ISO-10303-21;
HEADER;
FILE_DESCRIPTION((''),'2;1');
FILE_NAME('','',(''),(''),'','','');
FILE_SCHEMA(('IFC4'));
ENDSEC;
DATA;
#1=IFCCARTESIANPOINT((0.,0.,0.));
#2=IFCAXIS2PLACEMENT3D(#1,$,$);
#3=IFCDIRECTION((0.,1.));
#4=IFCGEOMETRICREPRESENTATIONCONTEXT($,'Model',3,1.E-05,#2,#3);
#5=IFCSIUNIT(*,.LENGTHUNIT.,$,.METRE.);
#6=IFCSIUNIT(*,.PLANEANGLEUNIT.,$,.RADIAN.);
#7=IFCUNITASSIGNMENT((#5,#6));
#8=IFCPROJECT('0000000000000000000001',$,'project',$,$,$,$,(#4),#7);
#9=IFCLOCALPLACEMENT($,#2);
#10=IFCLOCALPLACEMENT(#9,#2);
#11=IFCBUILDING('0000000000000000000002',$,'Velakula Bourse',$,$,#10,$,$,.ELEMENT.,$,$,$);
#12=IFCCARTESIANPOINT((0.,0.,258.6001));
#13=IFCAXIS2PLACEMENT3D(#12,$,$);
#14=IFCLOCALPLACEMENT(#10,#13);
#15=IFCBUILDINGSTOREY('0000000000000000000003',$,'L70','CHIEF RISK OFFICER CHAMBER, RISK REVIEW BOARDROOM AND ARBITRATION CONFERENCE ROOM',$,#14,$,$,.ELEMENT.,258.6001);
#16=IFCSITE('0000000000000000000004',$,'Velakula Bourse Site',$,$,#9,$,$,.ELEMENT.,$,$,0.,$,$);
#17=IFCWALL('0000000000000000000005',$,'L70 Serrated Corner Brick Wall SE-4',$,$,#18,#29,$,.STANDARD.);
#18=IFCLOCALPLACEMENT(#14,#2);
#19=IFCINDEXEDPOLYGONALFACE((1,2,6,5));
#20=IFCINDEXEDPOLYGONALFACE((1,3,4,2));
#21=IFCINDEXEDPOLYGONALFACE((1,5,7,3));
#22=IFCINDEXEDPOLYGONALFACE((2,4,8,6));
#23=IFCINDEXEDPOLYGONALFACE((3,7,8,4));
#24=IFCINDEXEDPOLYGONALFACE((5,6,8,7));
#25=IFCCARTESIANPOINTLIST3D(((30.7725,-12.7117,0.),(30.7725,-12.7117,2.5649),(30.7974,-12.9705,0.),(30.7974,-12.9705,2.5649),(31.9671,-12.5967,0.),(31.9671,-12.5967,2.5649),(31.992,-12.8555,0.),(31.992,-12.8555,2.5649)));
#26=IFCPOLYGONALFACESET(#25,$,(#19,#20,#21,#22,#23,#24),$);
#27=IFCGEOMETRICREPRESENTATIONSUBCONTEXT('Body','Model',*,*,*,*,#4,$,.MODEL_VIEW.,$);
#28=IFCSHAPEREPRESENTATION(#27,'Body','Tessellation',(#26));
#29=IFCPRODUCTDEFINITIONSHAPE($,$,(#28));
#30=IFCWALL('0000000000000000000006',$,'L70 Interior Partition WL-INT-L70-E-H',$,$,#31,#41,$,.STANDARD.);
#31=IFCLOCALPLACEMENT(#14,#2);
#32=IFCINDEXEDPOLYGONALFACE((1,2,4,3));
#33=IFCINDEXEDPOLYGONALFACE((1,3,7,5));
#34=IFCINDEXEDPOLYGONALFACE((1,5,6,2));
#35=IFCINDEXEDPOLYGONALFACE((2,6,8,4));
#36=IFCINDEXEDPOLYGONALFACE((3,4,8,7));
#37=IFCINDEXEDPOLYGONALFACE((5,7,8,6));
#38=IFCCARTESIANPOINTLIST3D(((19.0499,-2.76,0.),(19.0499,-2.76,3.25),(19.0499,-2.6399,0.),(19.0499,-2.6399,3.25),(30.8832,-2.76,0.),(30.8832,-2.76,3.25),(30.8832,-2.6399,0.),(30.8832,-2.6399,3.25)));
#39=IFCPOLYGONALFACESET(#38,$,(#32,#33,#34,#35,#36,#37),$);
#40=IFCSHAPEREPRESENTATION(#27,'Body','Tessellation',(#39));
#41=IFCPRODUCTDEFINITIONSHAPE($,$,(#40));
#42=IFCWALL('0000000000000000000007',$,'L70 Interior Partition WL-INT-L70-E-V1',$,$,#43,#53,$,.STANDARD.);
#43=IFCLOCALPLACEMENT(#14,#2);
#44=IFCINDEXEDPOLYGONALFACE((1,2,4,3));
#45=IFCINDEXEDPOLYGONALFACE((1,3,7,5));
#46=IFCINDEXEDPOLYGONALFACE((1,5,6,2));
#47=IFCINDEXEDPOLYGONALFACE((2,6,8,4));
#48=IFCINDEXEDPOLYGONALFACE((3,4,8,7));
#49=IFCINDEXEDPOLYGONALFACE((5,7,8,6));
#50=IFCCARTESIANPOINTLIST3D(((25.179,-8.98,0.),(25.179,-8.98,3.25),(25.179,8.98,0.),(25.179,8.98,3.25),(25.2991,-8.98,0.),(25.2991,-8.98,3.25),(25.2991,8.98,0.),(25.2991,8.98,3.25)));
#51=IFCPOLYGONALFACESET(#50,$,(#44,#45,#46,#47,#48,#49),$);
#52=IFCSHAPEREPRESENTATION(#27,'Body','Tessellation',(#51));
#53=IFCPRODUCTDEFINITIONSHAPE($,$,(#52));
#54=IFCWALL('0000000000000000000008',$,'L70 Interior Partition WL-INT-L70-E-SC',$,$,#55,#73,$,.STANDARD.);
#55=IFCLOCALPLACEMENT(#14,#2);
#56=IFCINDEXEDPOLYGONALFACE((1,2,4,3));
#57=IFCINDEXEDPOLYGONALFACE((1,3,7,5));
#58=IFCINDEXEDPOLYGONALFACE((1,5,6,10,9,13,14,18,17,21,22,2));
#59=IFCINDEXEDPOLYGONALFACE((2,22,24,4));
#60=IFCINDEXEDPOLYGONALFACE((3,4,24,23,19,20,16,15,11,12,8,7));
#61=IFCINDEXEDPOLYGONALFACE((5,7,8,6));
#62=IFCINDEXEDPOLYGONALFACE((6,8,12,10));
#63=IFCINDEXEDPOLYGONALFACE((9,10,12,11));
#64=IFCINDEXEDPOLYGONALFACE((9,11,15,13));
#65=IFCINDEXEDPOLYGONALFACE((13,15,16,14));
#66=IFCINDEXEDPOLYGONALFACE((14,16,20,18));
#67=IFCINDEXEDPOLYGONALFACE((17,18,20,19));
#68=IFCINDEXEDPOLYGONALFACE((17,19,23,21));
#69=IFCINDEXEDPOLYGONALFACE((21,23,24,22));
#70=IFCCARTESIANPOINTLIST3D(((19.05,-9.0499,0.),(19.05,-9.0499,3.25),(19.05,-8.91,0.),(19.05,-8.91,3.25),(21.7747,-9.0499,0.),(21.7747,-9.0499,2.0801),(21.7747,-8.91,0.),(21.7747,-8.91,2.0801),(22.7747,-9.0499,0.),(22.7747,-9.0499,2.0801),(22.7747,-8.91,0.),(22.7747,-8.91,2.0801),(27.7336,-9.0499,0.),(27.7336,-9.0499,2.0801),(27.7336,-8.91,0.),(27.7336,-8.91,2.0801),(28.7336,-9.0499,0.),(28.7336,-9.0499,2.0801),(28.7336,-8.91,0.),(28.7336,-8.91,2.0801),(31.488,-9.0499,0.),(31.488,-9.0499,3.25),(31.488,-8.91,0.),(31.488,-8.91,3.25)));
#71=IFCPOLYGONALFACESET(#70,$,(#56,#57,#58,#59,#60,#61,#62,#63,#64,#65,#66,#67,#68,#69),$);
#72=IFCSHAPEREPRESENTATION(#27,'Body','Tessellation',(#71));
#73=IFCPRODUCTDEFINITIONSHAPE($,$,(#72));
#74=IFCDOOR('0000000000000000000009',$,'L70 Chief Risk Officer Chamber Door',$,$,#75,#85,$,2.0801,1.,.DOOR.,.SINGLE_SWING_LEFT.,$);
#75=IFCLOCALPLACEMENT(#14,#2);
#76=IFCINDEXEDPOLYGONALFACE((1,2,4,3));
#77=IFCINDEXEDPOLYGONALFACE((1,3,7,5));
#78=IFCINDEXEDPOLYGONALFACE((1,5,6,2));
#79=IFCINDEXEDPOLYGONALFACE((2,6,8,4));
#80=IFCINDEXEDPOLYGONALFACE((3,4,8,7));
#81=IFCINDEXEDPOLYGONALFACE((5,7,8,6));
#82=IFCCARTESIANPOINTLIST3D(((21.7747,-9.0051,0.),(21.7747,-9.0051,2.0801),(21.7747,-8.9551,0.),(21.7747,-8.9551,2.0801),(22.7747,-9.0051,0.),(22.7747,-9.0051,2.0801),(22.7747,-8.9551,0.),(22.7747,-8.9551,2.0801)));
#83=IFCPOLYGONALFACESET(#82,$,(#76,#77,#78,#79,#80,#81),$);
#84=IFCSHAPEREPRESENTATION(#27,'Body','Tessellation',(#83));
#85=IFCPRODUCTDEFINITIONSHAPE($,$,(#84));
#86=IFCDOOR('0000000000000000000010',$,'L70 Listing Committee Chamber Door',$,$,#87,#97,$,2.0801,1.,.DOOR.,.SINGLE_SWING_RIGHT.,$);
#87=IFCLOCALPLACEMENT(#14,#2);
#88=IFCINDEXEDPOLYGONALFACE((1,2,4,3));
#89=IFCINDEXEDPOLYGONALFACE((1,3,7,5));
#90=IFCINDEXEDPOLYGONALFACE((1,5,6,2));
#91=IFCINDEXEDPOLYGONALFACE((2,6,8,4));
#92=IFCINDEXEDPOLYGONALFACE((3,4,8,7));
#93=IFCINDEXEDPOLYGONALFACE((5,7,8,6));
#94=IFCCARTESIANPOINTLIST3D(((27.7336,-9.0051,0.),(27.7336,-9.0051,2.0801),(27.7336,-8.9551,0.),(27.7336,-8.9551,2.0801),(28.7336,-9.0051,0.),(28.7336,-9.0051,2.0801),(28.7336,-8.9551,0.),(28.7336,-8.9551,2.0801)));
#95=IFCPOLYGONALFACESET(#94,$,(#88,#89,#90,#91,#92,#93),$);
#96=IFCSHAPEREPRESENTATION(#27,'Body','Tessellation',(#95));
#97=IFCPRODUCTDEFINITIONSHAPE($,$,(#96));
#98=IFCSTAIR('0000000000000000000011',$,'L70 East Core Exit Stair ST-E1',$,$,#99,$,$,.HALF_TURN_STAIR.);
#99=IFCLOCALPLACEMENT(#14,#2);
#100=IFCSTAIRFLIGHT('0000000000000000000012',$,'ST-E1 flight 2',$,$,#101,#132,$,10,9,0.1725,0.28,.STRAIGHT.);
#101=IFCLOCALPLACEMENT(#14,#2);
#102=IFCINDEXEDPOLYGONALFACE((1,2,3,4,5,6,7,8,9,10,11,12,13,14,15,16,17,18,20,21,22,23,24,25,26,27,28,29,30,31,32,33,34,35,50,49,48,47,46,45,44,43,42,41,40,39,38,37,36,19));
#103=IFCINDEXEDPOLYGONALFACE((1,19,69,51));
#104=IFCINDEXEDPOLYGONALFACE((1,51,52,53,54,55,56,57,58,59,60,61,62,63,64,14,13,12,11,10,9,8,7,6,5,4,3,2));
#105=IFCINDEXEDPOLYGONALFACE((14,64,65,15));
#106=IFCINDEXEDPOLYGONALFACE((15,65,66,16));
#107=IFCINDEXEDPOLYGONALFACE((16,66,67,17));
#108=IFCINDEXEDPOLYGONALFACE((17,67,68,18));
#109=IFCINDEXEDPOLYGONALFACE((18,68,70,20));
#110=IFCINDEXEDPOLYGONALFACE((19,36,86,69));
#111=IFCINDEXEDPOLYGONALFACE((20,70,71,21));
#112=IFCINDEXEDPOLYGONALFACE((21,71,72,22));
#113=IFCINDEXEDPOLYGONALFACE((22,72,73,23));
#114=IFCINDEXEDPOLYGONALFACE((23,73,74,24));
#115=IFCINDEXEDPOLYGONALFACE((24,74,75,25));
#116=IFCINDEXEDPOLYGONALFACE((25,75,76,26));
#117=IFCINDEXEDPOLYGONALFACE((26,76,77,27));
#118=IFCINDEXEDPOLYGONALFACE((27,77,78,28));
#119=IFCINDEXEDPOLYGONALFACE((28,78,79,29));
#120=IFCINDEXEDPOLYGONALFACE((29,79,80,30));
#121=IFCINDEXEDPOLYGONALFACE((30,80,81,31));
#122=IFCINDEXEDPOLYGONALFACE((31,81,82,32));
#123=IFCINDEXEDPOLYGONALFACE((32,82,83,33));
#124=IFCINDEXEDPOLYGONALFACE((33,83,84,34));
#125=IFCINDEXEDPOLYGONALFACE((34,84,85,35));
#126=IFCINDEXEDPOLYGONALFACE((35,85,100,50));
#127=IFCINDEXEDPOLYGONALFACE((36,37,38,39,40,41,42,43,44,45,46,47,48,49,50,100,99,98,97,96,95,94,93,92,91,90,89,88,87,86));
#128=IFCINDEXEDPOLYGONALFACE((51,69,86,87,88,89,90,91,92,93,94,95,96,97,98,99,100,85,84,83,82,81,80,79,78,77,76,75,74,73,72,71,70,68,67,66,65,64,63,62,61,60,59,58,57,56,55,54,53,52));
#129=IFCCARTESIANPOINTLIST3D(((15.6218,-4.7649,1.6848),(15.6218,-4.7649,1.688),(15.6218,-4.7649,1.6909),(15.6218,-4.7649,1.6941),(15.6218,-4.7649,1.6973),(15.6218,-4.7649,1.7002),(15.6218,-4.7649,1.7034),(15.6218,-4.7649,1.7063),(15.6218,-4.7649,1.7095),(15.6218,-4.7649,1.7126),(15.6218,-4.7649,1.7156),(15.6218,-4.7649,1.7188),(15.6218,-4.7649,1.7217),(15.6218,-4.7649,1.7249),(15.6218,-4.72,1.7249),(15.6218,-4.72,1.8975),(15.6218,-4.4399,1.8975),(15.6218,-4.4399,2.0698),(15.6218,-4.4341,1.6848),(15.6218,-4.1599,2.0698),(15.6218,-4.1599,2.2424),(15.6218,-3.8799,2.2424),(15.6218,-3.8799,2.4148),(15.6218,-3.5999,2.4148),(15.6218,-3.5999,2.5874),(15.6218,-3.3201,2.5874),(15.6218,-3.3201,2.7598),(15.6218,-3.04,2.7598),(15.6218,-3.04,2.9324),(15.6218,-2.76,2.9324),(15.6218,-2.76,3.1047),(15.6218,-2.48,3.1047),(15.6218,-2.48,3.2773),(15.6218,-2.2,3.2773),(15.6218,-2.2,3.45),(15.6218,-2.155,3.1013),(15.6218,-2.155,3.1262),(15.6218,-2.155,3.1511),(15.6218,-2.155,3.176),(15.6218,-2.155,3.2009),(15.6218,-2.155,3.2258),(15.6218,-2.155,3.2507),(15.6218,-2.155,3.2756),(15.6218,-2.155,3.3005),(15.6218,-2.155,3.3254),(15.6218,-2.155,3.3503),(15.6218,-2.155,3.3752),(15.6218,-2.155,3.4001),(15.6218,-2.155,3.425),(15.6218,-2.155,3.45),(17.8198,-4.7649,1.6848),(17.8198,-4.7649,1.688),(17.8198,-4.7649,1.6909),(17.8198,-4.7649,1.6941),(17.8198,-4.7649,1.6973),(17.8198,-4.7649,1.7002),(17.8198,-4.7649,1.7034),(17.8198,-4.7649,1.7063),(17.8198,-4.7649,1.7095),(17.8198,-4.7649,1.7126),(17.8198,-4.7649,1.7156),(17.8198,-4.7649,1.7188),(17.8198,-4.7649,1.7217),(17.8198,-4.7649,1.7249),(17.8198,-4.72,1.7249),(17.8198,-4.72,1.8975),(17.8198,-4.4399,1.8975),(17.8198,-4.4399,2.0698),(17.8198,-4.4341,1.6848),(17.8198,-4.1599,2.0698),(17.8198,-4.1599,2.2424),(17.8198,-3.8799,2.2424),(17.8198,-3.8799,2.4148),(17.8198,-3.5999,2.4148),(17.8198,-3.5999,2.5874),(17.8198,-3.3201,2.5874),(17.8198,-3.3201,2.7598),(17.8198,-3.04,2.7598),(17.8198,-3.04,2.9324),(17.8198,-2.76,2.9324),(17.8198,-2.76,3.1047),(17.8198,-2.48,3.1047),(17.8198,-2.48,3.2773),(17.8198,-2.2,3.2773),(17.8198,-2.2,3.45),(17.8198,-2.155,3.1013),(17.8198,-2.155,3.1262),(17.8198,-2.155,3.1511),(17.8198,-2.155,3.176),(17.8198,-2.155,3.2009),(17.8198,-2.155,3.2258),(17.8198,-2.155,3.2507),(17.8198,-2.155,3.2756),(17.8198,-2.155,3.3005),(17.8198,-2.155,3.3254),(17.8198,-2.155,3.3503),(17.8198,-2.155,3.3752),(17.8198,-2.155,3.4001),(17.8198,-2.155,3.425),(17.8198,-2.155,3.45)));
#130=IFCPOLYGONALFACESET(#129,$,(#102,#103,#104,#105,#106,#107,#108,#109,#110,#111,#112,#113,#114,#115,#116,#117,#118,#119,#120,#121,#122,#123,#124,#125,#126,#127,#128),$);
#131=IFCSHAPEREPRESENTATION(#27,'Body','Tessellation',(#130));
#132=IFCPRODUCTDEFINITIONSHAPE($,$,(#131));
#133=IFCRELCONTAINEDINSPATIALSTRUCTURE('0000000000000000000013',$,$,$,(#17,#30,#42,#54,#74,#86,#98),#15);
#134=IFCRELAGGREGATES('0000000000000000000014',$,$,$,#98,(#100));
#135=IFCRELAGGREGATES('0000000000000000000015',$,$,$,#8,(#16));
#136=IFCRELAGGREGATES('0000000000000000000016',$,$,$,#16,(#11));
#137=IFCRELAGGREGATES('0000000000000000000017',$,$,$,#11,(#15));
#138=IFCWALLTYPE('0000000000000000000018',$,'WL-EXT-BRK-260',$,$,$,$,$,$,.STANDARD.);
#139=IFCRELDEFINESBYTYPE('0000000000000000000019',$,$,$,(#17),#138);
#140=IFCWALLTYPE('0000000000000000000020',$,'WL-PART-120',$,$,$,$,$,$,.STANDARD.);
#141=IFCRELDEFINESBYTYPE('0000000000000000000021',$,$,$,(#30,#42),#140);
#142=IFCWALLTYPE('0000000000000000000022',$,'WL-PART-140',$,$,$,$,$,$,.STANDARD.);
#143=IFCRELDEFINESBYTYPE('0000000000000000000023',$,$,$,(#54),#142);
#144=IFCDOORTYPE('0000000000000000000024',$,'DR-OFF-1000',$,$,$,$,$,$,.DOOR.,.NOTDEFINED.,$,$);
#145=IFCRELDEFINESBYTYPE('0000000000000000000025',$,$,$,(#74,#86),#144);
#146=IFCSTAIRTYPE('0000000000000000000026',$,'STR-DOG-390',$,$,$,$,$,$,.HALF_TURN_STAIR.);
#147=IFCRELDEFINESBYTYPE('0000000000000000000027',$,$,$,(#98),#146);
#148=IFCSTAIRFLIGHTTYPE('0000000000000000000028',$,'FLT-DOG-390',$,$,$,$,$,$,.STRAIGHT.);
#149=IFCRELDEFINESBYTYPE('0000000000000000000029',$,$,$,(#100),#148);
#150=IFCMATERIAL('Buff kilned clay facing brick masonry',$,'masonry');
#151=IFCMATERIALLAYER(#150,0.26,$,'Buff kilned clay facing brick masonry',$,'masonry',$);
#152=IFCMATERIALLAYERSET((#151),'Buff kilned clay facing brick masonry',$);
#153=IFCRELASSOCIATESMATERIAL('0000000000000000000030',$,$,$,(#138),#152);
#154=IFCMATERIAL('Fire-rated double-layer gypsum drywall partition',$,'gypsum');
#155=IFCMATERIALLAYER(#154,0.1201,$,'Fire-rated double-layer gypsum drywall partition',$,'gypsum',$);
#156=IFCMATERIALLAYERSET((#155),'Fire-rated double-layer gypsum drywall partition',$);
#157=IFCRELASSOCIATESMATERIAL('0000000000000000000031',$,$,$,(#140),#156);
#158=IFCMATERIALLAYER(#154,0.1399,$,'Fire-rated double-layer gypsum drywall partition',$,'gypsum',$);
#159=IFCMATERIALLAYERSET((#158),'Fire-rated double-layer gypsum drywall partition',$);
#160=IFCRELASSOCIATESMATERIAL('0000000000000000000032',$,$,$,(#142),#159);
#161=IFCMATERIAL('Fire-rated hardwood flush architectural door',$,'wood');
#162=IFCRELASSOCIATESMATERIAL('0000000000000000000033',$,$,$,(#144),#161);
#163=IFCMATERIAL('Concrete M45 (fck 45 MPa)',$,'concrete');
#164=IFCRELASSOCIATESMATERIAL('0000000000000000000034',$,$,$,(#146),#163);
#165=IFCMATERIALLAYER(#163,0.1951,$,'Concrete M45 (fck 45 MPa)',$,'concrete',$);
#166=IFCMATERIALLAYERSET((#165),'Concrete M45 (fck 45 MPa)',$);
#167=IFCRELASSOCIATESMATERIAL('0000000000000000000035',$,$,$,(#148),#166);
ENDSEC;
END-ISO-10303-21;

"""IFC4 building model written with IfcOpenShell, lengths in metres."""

from ifc_helpers import new_model, si_unit, direction, frame, frame_2d, origin, place, context, subcontext, project, spatial, polyline, rectangle, outline, extrude, material, layer, layer_set, type_object, element, fill, aggregate, save


model = new_model("IFC4")

# Units and contexts
model_context = context("Model", 3, precision=1e-05, world=origin(), true_north=direction((0.0, 1.0)))
body_context = subcontext(model_context, "Body", "Model", "MODEL_VIEW")
ifc_project = project(units=[si_unit("LENGTHUNIT", "METRE"), si_unit("PLANEANGLEUNIT", "RADIAN")], contexts=[model_context])

# Site, building, storey
site_placement = place(None, origin())
site = spatial("IfcSite", under=ifc_project, at=site_placement, Name="Velakula Bourse Site", CompositionType="ELEMENT", RefElevation=0.0)
building_placement = place(site_placement, origin())
building = spatial("IfcBuilding", under=site, at=building_placement, Name="Velakula Bourse", CompositionType="ELEMENT")
storey_placement = place(building_placement, frame((0.0, 0.0, 258.6001)))
storey = spatial("IfcBuildingStorey", under=building, at=storey_placement, Name="L70", Description="CHIEF RISK OFFICER CHAMBER, RISK REVIEW BOARDROOM AND ARBITRATION CONFERENCE ROOM", CompositionType="ELEMENT", Elevation=258.6001)

# Walls
ifc_material_1 = material(Name="Buff kilned clay facing brick masonry", Category="masonry")
ifc_layer_1 = layer(ifc_material_1, 0.26, Name="Buff kilned clay facing brick masonry", Category="masonry")
ifc_layer_set_1 = layer_set([ifc_layer_1], Name="Buff kilned clay facing brick masonry")
wall_type_1 = type_object("IfcWallType", Name="WL-EXT-BRK-260", PredefinedType="STANDARD", material=ifc_layer_set_1)
wall_1_placement = place(storey_placement, frame((30.7849, -12.8411, 0.0), z_axis=(0.0, 0.0, 1.0), x_axis=(0.995399, 0.095817, 0.0)))
element("IfcWall", 1, at=wall_1_placement, inside=storey, type_object=wall_type_1, Name="L70 Serrated Corner Brick Wall SE-4", PredefinedType="STANDARD", context=body_context, shape_type="SweptSolid", body=[
    extrude(rectangle(XDim=1.2002, YDim=0.26, at=frame_2d((0.6001, 0.0))), origin(), (0.0, 0.0, 1.0), 2.5649),
])
ifc_material_2 = material(Name="Fire-rated double-layer gypsum drywall partition", Category="gypsum")
ifc_layer_2 = layer(ifc_material_2, 0.1201, Name="Fire-rated double-layer gypsum drywall partition", Category="gypsum")
ifc_layer_set_2 = layer_set([ifc_layer_2], Name="Fire-rated double-layer gypsum drywall partition")
wall_type_2 = type_object("IfcWallType", Name="WL-PART-120", PredefinedType="STANDARD", material=ifc_layer_set_2)
wall_2_placement = place(storey_placement, frame((19.05, -2.7, 0.0), z_axis=(0.0, 0.0, 1.0), x_axis=(1.0, 0.0, 0.0)))
element("IfcWall", 2, at=wall_2_placement, inside=storey, type_object=wall_type_2, Name="L70 Interior Partition WL-INT-L70-E-H", PredefinedType="STANDARD", context=body_context, shape_type="SweptSolid", body=[
    extrude(rectangle(XDim=11.8333, YDim=0.1201, at=frame_2d((5.9165, 0.0))), origin(), (0.0, 0.0, 1.0), 3.25),
])
wall_3_placement = place(storey_placement, frame((25.239, -8.98, 0.0), z_axis=(0.0, 0.0, 1.0), x_axis=(0.0, 1.0, 0.0)))
element("IfcWall", 3, at=wall_3_placement, inside=storey, type_object=wall_type_2, Name="L70 Interior Partition WL-INT-L70-E-V1", PredefinedType="STANDARD", context=body_context, shape_type="SweptSolid", body=[
    extrude(rectangle(XDim=17.96, YDim=0.1201, at=frame_2d((8.98, 0.0))), origin(), (0.0, 0.0, 1.0), 3.25),
])

# Wall, openings, doors
ifc_layer_3 = layer(ifc_material_2, 0.1399, Name="Fire-rated double-layer gypsum drywall partition", Category="gypsum")
ifc_layer_set_3 = layer_set([ifc_layer_3], Name="Fire-rated double-layer gypsum drywall partition")
wall_type_3 = type_object("IfcWallType", Name="WL-PART-140", PredefinedType="STANDARD", material=ifc_layer_set_3)
wall_4_placement = place(storey_placement, frame((19.05, -8.98, 0.0), z_axis=(0.0, 0.0, 1.0), x_axis=(1.0, 0.0, 0.0)))
wall_4 = element("IfcWall", 4, at=wall_4_placement, inside=storey, type_object=wall_type_3, Name="L70 Interior Partition WL-INT-L70-E-SC", PredefinedType="STANDARD", context=body_context, shape_type="SweptSolid", body=[
    extrude(rectangle(XDim=12.438, YDim=0.1399, at=frame_2d((6.219, 0.0))), origin(), (0.0, 0.0, 1.0), 3.25),
])
opening_1_placement = place(wall_4_placement, frame((2.7246, 0.0, 0.0)))
opening_1 = element("IfcOpeningElement", 5, at=opening_1_placement, cuts=wall_4, PredefinedType="OPENING", context=body_context, shape_type="SweptSolid", body=[
    extrude(rectangle(XDim=1.0, YDim=2.0801, at=frame_2d((0.5, 1.04))), frame((0.0, 0.0798, 0.0), z_axis=(0.0, -1.0, 0.0), x_axis=(1.0, 0.0, 0.0)), (0.0, 0.0, 1.0), 0.1599),
])
opening_2_placement = place(wall_4_placement, frame((8.6836, 0.0, 0.0)))
opening_2 = element("IfcOpeningElement", 6, at=opening_2_placement, cuts=wall_4, PredefinedType="OPENING", context=body_context, shape_type="SweptSolid", body=[
    extrude(rectangle(XDim=1.0, YDim=2.0801, at=frame_2d((0.5, 1.04))), frame((0.0, 0.0798, 0.0), z_axis=(0.0, -1.0, 0.0), x_axis=(1.0, 0.0, 0.0)), (0.0, 0.0, 1.0), 0.1599),
])
ifc_material_3 = material(Name="Fire-rated hardwood flush architectural door", Category="wood")
door_type = type_object("IfcDoorType", Name="DR-OFF-1000", OperationType="NOTDEFINED", PredefinedType="DOOR", material=ifc_material_3)
door_1_placement = place(opening_1_placement, origin())
door_1 = element("IfcDoor", 7, at=door_1_placement, inside=storey, type_object=door_type, Name="L70 Chief Risk Officer Chamber Door", OperationType="SINGLE_SWING_LEFT", OverallHeight=2.0801, OverallWidth=1.0, PredefinedType="DOOR", context=body_context, shape_type="SweptSolid", body=[
    extrude(rectangle(XDim=1.0, YDim=2.0801, at=frame_2d((0.5, 1.04))), frame((0.0, 0.0249, 0.0), z_axis=(0.0, -1.0, 0.0), x_axis=(1.0, 0.0, 0.0)), (0.0, 0.0, 1.0), 0.05),
])
fill(opening_1, door_1)
door_2_placement = place(opening_2_placement, origin())
door_2 = element("IfcDoor", 8, at=door_2_placement, inside=storey, type_object=door_type, Name="L70 Listing Committee Chamber Door", OperationType="SINGLE_SWING_RIGHT", OverallHeight=2.0801, OverallWidth=1.0, PredefinedType="DOOR", context=body_context, shape_type="SweptSolid", body=[
    extrude(rectangle(XDim=1.0, YDim=2.0801, at=frame_2d((0.5, 1.04))), frame((0.0, 0.0249, 0.0), z_axis=(0.0, -1.0, 0.0), x_axis=(1.0, 0.0, 0.0)), (0.0, 0.0, 1.0), 0.05),
])
fill(opening_2, door_2)

# Stair, stair flight
ifc_material_4 = material(Name="Concrete M45 (fck 45 MPa)", Category="concrete")
stair_type = type_object("IfcStairType", Name="STR-DOG-390", PredefinedType="HALF_TURN_STAIR", material=ifc_material_4)
stair_placement = place(storey_placement, origin())
stair = element("IfcStair", 9, at=stair_placement, inside=storey, type_object=stair_type, Name="L70 East Core Exit Stair ST-E1", PredefinedType="HALF_TURN_STAIR")
ifc_layer_4 = layer(ifc_material_4, 0.1951, Name="Concrete M45 (fck 45 MPa)", Category="concrete")
ifc_layer_set_4 = layer_set([ifc_layer_4], Name="Concrete M45 (fck 45 MPa)")
stair_flight_type = type_object("IfcStairFlightType", Name="FLT-DOG-390", PredefinedType="STRAIGHT", material=ifc_layer_set_4)
stair_flight_placement = place(storey_placement, frame((16.7209, -4.72, 1.7249), z_axis=(0.0, 0.0, 1.0), x_axis=(0.0, 1.0, 0.0)))
stair_flight = element("IfcStairFlight", 10, at=stair_flight_placement, type_object=stair_flight_type, Name="ST-E1 flight 2", NumberOfRisers=10, NumberOfTreads=9, PredefinedType="STRAIGHT", RiserHeight=0.1725, TreadLength=0.28, context=body_context, shape_type="SweptSolid", body=[
    extrude(outline(polyline([(-0.0449, -0.04), (-0.0449, -0.0369), (-0.0449, -0.0339), (-0.0449, -0.0308), (-0.0449, -0.0276), (-0.0449, -0.0247), (-0.0449, -0.0215), (-0.0449, -0.0186), (-0.0449, -0.0154), (-0.0449, -0.0122), (-0.0449, -0.0093), (-0.0449, -0.0061), (-0.0449, -0.0032), (-0.0449, 0.0), (0.0, 0.0), (0.0, 0.1726), (0.28, 0.1726), (0.28, 0.345), (0.5601, 0.345), (0.5601, 0.5176), (0.8401, 0.5176), (0.8401, 0.6899), (1.1201, 0.6899), (1.1201, 0.8625), (1.3999, 0.8625), (1.3999, 1.0349), (1.6799, 1.0349), (1.6799, 1.2075), (1.96, 1.2075), (1.96, 1.3799), (2.24, 1.3799), (2.24, 1.5525), (2.52, 1.5525), (2.52, 1.7251), (2.5649, 1.7251), (2.5649, 1.7002), (2.5649, 1.6753), (2.5649, 1.6504), (2.5649, 1.6255), (2.5649, 1.6006), (2.5649, 1.5757), (2.5649, 1.5508), (2.5649, 1.5259), (2.5649, 1.501), (2.5649, 1.4761), (2.5649, 1.4512), (2.5649, 1.4263), (2.5649, 1.4014), (2.5649, 1.3765), (0.2859, -0.04), (-0.0449, -0.04)])), frame((0.0, 1.0991, 0.0), z_axis=(0.0, -1.0, 0.0), x_axis=(1.0, 0.0, 0.0)), (0.0, 0.0, 1.0), 2.198),
])
aggregate(stair, [stair_flight])

save(model, "model.ifc")
